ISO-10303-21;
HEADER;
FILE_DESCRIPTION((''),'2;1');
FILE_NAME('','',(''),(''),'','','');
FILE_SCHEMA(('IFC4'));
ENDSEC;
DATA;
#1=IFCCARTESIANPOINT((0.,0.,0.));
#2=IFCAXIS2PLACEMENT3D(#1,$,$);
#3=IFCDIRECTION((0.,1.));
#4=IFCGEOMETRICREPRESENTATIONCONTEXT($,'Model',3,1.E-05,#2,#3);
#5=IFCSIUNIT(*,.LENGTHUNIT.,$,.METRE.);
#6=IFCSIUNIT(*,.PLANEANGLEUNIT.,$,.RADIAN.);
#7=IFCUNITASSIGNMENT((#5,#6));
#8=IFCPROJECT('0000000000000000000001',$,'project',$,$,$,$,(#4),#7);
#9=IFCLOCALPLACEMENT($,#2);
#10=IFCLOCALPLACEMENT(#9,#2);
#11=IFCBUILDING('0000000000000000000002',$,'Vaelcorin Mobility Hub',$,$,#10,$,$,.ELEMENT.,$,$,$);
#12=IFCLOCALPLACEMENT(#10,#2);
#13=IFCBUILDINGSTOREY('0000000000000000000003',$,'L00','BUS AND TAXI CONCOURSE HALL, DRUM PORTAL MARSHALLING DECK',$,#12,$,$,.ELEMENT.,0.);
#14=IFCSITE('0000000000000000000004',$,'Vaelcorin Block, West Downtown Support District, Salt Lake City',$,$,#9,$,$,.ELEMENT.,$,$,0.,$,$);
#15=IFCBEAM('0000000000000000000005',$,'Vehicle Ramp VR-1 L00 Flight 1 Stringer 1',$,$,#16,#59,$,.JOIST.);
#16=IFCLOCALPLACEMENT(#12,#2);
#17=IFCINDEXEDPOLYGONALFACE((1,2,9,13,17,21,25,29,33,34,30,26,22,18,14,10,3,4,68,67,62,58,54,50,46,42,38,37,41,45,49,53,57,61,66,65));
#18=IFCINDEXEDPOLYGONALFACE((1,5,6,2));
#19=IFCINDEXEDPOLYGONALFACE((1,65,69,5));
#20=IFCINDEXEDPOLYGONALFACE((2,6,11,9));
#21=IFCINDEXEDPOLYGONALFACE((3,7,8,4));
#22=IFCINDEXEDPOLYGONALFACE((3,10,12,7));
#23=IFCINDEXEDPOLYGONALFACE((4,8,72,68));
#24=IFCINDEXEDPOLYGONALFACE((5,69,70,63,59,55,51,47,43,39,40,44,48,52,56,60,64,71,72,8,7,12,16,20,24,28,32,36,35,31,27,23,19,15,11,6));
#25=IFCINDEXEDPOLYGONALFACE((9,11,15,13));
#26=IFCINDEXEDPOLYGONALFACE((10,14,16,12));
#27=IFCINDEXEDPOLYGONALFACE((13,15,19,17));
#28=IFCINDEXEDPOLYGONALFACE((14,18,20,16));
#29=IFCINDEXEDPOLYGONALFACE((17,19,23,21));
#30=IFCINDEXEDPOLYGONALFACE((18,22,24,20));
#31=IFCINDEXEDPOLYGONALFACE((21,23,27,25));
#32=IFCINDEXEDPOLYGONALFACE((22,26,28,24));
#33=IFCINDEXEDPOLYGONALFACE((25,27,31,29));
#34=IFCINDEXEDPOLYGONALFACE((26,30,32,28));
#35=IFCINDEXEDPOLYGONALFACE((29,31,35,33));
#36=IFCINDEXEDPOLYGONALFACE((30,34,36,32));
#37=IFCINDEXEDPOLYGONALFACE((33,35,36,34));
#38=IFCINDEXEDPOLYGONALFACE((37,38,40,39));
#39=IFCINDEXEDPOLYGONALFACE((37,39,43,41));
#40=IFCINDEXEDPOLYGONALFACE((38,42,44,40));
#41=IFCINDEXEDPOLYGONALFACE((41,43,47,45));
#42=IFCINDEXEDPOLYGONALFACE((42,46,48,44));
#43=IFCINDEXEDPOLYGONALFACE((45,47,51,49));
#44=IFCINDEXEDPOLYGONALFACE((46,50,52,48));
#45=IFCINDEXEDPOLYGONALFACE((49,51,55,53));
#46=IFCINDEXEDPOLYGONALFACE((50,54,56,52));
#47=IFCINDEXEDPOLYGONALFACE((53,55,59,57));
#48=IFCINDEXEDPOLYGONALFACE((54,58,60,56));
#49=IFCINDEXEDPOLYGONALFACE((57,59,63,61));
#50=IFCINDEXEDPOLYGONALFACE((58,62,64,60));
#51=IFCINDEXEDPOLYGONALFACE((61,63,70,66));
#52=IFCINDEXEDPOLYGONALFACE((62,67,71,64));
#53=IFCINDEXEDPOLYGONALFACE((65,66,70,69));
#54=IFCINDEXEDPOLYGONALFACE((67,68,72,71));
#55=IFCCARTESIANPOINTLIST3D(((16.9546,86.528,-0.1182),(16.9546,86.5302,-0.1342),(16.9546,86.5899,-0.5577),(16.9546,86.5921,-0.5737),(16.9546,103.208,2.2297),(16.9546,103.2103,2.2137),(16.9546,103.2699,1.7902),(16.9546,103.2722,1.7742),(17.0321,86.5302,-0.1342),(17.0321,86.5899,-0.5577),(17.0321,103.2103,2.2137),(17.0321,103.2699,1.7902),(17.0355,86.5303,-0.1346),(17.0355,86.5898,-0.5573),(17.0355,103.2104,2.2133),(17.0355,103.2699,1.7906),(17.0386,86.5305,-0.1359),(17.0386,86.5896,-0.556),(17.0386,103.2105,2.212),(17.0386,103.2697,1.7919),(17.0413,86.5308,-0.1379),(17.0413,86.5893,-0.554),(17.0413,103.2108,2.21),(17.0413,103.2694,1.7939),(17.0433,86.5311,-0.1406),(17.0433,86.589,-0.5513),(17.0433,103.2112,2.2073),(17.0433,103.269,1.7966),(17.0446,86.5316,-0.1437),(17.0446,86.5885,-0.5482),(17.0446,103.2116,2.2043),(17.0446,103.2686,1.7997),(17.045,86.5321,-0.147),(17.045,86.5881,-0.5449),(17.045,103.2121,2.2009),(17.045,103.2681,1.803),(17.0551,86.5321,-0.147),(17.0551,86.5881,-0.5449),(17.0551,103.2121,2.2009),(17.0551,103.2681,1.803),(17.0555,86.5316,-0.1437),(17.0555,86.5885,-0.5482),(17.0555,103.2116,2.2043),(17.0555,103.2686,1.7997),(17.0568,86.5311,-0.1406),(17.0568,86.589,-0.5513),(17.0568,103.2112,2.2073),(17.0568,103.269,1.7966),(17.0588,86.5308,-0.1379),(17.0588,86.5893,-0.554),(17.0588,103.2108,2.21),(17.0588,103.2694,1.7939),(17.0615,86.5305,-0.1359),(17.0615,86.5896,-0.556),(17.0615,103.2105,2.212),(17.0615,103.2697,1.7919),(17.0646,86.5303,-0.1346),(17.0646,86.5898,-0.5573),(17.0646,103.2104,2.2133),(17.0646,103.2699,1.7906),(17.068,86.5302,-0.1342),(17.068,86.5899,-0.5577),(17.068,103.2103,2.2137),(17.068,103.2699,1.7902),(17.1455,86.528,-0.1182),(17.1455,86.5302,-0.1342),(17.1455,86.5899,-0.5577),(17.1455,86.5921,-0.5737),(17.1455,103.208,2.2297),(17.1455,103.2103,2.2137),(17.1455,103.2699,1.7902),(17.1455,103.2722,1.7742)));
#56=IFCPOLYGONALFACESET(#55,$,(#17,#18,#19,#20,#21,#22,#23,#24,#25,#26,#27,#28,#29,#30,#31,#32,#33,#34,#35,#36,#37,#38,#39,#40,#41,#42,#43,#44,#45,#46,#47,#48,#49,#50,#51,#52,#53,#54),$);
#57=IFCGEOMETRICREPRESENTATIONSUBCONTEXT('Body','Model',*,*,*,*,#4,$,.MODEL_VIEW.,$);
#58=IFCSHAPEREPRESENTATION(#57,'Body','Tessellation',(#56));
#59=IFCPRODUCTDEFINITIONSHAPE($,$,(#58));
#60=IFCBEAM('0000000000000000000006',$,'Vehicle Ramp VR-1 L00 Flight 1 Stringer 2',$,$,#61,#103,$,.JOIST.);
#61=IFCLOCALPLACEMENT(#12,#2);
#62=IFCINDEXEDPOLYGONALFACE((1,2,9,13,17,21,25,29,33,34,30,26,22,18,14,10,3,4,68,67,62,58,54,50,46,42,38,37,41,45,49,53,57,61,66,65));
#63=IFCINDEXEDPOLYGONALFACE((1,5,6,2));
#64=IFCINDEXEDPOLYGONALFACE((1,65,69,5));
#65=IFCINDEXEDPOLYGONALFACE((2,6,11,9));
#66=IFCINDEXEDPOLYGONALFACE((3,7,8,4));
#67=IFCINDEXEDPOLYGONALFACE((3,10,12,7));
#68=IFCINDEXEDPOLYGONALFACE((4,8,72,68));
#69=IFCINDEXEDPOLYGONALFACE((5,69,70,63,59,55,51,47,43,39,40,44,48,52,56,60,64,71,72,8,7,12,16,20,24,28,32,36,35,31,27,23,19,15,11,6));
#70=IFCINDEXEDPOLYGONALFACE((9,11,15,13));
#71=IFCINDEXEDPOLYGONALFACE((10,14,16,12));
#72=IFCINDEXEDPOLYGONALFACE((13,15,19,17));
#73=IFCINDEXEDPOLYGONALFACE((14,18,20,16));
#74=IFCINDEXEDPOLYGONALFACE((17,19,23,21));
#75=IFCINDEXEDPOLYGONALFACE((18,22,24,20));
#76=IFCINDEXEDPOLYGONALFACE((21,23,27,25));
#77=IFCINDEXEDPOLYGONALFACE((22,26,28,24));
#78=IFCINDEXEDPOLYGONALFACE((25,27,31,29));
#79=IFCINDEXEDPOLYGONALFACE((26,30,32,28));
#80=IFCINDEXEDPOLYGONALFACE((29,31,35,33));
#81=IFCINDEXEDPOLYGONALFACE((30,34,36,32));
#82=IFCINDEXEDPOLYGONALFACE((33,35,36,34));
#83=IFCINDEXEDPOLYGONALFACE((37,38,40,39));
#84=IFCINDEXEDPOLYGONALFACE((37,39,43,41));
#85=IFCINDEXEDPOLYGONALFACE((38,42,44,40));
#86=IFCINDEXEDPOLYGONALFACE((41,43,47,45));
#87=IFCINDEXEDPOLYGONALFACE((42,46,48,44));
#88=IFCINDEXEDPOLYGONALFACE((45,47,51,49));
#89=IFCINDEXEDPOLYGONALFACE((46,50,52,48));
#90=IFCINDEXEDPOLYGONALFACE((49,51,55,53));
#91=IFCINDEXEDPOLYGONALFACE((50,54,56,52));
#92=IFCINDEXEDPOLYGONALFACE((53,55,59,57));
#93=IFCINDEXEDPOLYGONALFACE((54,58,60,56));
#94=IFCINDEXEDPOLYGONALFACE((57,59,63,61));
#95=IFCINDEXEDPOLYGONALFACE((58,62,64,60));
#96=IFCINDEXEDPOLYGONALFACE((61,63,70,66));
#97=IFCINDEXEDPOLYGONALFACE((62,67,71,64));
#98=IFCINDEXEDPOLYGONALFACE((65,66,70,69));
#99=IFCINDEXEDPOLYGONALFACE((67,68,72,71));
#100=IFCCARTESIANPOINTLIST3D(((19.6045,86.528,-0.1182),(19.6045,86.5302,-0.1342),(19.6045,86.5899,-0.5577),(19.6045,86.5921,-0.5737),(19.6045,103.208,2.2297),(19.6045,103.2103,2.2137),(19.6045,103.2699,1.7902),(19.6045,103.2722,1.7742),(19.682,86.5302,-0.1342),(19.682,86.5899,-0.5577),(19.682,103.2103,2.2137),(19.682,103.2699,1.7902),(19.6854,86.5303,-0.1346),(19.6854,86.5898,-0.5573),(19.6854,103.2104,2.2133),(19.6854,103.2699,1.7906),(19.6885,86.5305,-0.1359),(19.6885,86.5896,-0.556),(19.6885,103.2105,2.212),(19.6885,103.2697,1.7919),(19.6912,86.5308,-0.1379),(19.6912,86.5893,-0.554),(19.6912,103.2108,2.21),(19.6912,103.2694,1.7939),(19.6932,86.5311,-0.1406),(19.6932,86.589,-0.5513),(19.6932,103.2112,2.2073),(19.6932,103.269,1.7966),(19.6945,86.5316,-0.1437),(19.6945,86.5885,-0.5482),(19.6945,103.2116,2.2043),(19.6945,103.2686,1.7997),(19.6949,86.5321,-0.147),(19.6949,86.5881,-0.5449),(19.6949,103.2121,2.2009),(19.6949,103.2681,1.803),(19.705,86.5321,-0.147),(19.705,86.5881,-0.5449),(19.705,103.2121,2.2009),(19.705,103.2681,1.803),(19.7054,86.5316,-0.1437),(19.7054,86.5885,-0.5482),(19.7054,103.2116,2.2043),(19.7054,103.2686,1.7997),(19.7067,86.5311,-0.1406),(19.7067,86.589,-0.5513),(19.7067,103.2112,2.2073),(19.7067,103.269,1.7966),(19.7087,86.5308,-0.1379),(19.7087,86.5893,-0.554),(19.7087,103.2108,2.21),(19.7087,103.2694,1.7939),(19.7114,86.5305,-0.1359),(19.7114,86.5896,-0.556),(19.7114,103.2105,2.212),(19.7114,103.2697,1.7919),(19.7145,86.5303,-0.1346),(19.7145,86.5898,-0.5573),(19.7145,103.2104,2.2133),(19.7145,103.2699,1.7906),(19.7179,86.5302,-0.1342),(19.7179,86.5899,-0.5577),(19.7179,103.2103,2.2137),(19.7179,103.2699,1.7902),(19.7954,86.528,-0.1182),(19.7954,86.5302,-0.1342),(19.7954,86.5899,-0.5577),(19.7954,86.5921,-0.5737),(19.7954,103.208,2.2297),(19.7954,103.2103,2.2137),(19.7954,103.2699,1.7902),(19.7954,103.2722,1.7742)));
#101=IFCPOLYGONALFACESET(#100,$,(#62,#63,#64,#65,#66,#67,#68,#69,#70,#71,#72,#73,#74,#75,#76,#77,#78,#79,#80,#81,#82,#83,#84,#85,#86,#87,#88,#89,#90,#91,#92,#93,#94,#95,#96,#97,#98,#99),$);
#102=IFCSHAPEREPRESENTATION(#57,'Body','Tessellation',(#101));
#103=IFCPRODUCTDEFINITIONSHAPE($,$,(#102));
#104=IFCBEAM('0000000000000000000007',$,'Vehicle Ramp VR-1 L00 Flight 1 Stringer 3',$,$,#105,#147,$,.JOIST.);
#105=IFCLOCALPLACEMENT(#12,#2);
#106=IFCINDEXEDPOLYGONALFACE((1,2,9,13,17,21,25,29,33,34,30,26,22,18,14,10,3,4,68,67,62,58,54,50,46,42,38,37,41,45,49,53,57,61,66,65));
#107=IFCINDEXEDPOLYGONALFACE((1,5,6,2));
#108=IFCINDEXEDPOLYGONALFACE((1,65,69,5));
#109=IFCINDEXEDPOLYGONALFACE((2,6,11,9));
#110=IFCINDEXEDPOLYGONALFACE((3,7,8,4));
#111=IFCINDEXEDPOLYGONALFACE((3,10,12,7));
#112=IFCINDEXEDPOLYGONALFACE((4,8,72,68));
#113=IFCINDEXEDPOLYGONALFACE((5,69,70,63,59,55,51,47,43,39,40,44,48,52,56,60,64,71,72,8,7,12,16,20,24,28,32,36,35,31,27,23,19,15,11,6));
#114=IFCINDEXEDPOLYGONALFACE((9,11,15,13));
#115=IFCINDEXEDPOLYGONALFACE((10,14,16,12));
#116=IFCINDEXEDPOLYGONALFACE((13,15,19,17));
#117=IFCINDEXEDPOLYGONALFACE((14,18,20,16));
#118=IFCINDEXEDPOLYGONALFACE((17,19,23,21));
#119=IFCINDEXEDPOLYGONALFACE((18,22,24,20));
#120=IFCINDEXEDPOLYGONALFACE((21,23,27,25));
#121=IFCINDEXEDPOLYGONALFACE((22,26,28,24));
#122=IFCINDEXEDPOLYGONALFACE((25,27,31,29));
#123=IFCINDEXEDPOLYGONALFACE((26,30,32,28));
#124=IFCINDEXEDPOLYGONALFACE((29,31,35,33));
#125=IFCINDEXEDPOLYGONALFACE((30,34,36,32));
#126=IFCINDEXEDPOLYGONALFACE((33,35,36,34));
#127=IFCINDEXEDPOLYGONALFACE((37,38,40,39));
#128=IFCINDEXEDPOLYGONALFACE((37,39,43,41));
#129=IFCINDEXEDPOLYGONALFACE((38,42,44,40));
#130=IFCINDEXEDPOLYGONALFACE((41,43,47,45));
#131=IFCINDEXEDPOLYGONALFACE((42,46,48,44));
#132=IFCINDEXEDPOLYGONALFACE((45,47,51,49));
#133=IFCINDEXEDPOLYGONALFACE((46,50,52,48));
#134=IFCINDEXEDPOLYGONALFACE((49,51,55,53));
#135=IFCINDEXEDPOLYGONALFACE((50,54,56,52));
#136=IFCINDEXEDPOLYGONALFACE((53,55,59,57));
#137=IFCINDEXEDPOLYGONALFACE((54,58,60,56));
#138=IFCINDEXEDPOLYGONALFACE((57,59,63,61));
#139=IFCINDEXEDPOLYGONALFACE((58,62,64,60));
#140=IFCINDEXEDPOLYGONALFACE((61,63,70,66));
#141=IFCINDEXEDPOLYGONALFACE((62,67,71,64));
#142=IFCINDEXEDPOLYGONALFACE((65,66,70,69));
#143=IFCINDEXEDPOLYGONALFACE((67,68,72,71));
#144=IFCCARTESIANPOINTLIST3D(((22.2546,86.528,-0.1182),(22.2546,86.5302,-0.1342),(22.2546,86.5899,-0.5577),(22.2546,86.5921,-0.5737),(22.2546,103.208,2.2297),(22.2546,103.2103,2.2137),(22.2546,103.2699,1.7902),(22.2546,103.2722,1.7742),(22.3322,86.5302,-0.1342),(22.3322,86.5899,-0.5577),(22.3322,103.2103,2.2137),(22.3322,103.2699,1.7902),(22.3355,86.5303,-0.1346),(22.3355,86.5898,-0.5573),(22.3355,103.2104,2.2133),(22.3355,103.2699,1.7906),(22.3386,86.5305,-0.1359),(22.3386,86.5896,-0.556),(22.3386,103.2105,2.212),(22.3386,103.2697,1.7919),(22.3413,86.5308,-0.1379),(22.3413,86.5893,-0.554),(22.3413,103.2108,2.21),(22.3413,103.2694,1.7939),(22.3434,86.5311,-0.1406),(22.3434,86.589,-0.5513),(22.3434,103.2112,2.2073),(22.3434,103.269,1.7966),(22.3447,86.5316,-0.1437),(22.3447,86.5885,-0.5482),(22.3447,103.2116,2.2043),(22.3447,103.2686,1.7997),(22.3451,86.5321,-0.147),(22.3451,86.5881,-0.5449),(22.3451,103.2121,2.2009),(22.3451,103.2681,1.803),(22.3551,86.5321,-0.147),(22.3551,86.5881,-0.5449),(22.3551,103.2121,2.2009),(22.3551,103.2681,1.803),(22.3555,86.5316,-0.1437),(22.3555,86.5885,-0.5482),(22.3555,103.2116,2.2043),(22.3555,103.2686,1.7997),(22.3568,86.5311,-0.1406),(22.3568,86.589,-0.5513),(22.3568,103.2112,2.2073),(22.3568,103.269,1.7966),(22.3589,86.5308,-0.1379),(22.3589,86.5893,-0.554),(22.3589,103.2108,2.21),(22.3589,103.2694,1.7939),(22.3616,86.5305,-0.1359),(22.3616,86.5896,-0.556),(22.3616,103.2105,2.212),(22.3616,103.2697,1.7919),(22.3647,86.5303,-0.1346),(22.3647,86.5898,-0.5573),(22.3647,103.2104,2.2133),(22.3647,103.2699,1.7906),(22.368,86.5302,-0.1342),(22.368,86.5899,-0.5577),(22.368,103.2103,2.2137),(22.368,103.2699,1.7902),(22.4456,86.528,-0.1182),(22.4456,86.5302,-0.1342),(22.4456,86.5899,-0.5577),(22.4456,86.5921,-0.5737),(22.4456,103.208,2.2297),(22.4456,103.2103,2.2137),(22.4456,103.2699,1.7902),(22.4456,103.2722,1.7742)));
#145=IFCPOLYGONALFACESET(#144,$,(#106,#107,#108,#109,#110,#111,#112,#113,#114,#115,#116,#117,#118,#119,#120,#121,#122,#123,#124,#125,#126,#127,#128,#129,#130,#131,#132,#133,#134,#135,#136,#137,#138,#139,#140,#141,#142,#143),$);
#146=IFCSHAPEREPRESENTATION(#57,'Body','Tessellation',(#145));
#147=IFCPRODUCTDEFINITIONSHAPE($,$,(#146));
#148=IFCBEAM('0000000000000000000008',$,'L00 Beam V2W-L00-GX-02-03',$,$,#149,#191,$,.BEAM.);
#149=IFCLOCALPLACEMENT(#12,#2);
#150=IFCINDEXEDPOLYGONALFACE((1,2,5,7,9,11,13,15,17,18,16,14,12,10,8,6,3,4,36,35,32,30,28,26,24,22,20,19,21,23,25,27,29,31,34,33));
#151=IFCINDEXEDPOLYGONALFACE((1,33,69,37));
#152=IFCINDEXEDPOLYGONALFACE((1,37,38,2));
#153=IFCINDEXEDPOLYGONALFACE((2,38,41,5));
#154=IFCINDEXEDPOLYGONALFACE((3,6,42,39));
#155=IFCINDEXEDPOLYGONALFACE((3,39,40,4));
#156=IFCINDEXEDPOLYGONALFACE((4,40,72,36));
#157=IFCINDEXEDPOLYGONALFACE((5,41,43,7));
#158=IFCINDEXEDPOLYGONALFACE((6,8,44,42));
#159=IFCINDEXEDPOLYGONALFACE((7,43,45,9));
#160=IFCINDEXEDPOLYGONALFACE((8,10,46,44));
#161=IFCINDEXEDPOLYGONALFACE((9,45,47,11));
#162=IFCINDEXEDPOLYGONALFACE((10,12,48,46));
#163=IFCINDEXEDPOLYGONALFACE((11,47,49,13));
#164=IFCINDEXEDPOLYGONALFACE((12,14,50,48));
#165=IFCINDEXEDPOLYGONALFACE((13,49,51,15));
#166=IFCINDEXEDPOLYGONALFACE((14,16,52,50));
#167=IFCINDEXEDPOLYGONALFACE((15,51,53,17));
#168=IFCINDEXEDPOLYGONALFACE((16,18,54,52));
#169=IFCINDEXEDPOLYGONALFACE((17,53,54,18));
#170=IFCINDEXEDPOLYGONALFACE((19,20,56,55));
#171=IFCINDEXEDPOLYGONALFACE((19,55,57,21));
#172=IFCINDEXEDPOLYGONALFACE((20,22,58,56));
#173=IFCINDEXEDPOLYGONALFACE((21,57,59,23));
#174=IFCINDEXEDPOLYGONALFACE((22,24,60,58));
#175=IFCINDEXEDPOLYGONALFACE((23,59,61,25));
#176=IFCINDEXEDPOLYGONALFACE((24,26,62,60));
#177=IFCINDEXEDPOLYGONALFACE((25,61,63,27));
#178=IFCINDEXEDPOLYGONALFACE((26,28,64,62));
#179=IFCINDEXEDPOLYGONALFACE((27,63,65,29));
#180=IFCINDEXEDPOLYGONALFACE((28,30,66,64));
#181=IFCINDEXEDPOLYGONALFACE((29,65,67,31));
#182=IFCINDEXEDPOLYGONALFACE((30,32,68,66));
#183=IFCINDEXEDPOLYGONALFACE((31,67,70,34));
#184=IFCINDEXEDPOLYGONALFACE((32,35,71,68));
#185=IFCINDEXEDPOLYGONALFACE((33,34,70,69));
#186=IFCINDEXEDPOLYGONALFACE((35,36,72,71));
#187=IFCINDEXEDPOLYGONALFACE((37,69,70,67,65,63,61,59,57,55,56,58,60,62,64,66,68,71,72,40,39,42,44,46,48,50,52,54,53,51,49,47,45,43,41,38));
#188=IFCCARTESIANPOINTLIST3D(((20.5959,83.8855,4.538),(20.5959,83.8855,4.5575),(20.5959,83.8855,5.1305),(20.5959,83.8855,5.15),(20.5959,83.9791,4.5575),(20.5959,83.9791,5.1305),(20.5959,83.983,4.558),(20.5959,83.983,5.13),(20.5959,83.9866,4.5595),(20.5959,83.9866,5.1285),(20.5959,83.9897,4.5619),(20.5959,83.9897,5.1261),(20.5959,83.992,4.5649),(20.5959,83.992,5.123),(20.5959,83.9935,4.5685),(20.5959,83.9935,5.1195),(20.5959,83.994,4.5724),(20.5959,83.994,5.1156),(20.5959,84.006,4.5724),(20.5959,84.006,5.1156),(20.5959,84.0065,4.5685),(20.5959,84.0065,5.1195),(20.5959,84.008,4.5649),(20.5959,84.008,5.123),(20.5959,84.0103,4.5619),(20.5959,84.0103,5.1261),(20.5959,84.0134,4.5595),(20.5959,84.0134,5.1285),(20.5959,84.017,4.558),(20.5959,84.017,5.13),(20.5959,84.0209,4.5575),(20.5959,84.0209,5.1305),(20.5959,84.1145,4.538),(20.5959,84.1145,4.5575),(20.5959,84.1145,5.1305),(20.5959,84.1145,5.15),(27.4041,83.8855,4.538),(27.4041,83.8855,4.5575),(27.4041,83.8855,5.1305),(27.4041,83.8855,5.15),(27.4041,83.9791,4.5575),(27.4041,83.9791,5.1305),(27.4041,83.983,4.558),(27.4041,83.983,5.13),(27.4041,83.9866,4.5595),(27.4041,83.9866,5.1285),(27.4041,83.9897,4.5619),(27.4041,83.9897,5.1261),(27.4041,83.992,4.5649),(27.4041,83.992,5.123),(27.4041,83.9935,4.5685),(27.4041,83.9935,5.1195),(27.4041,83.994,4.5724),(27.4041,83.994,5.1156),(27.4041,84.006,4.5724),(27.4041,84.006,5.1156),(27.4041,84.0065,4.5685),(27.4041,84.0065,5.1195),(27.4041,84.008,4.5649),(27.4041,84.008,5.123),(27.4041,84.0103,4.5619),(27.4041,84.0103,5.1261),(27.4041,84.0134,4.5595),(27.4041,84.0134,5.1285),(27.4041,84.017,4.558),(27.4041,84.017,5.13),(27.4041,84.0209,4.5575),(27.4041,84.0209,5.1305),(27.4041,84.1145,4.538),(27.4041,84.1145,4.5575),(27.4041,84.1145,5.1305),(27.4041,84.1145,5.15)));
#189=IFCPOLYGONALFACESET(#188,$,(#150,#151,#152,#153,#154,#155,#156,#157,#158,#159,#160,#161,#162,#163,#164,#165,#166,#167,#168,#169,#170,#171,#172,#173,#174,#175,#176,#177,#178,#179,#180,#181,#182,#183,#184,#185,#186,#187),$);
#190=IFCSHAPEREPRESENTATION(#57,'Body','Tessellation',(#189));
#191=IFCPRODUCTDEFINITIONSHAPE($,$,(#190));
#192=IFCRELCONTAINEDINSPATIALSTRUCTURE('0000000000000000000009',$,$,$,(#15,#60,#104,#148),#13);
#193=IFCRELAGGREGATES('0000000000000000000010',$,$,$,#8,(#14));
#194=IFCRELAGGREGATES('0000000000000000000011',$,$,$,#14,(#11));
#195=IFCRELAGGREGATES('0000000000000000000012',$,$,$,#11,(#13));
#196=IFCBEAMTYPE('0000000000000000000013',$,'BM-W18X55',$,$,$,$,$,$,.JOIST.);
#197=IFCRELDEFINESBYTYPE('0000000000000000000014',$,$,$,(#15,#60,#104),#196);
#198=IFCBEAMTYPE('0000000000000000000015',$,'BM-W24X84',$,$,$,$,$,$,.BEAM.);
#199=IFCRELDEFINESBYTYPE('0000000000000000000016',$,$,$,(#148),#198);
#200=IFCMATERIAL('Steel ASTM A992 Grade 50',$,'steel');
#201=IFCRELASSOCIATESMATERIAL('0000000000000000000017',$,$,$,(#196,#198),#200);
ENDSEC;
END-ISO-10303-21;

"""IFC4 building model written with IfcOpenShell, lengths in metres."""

from ifc_helpers import new_model, si_unit, direction, frame, origin, origin_2d, place, context, subcontext, project, spatial, i_section, extrude, material, material_profile, profile_set, type_object, element, save


model = new_model("IFC4")

# Units and contexts
model_context = context("Model", 3, precision=1e-05, world=origin(), true_north=direction((0.0, 1.0)))
body_context = subcontext(model_context, "Body", "Model", "MODEL_VIEW")
ifc_project = project(units=[si_unit("LENGTHUNIT", "METRE"), si_unit("PLANEANGLEUNIT", "RADIAN")], contexts=[model_context])

# Site, building, storey
site_placement = place(None, origin())
site = spatial("IfcSite", under=ifc_project, at=site_placement, Name="Vaelcorin Block, West Downtown Support District, Salt Lake City", CompositionType="ELEMENT", RefElevation=0.0)
building_placement = place(site_placement, origin())
building = spatial("IfcBuilding", under=site, at=building_placement, Name="Vaelcorin Mobility Hub", CompositionType="ELEMENT")
storey_placement = place(building_placement, origin())
storey = spatial("IfcBuildingStorey", under=building, at=storey_placement, Name="L00", Description="BUS AND TAXI CONCOURSE HALL, DRUM PORTAL MARSHALLING DECK", CompositionType="ELEMENT", Elevation=0.0)

# Shared definitions
ifc_material_1 = material(Name="Steel ASTM A992 Grade 50", Category="steel")

# Beams
ifc_material_profile_1 = material_profile(ifc_material_1, i_section(OverallWidth=0.1909, OverallDepth=0.46, WebThickness=0.01, FlangeThickness=0.0161, FilletRadius=0.0129, at=origin_2d()), Name="W18X55")
ifc_profile_set_1 = profile_set([ifc_material_profile_1], Name="Steel ASTM A992 Grade 50")
beam_type_1 = type_object("IfcBeamType", Name="BM-W18X55", PredefinedType="JOIST", material=ifc_profile_set_1)
for number, where, z_axis, x_axis, name in (
    (1, (17.05, 86.5601, -0.3459), (0.0, 0.990238, 0.139388), (-1.0, 0.0, 0.0), "Vehicle Ramp VR-1 L00 Flight 1 Stringer 1"),
    (2, (19.7, 86.5601, -0.3459), (0.0, 0.990238, 0.139388), (-1.0, 0.0, 0.0), "Vehicle Ramp VR-1 L00 Flight 1 Stringer 2"),
    (3, (22.3501, 86.5601, -0.3459), (0.0, 0.990238, 0.139388), (-1.0, 0.0, 0.0), "Vehicle Ramp VR-1 L00 Flight 1 Stringer 3"),
):
    element("IfcBeam", number, at=place(storey_placement, frame(where, z_axis=z_axis, x_axis=x_axis)), inside=storey, type_object=beam_type_1, Name=name, PredefinedType="JOIST", context=body_context, shape_type="SweptSolid", body=[
        extrude(i_section(OverallWidth=0.1909, OverallDepth=0.46, WebThickness=0.01, FlangeThickness=0.0161, FilletRadius=0.0129, at=origin_2d()), origin(), (0.0, 0.0, 1.0), 16.8445),
    ])
ifc_material_profile_2 = material_profile(ifc_material_1, i_section(OverallWidth=0.229, OverallDepth=0.6121, WebThickness=0.012, FlangeThickness=0.0195, FilletRadius=0.0149, at=origin_2d()), Name="W24X84")
ifc_profile_set_2 = profile_set([ifc_material_profile_2], Name="Steel ASTM A992 Grade 50")
beam_type_2 = type_object("IfcBeamType", Name="BM-W24X84", PredefinedType="BEAM", material=ifc_profile_set_2)
beam_1_placement = place(storey_placement, frame((20.5959, 84.0, 4.844), z_axis=(1.0, 0.0, 0.0), x_axis=(0.0, 1.0, 0.0)))
element("IfcBeam", 4, at=beam_1_placement, inside=storey, type_object=beam_type_2, Name="L00 Beam V2W-L00-GX-02-03", PredefinedType="BEAM", context=body_context, shape_type="SweptSolid", body=[
    extrude(i_section(OverallWidth=0.229, OverallDepth=0.6121, WebThickness=0.012, FlangeThickness=0.0195, FilletRadius=0.0149, at=origin_2d()), origin(), (0.0, 0.0, 1.0), 6.8081),
])

save(model, "model.ifc")
